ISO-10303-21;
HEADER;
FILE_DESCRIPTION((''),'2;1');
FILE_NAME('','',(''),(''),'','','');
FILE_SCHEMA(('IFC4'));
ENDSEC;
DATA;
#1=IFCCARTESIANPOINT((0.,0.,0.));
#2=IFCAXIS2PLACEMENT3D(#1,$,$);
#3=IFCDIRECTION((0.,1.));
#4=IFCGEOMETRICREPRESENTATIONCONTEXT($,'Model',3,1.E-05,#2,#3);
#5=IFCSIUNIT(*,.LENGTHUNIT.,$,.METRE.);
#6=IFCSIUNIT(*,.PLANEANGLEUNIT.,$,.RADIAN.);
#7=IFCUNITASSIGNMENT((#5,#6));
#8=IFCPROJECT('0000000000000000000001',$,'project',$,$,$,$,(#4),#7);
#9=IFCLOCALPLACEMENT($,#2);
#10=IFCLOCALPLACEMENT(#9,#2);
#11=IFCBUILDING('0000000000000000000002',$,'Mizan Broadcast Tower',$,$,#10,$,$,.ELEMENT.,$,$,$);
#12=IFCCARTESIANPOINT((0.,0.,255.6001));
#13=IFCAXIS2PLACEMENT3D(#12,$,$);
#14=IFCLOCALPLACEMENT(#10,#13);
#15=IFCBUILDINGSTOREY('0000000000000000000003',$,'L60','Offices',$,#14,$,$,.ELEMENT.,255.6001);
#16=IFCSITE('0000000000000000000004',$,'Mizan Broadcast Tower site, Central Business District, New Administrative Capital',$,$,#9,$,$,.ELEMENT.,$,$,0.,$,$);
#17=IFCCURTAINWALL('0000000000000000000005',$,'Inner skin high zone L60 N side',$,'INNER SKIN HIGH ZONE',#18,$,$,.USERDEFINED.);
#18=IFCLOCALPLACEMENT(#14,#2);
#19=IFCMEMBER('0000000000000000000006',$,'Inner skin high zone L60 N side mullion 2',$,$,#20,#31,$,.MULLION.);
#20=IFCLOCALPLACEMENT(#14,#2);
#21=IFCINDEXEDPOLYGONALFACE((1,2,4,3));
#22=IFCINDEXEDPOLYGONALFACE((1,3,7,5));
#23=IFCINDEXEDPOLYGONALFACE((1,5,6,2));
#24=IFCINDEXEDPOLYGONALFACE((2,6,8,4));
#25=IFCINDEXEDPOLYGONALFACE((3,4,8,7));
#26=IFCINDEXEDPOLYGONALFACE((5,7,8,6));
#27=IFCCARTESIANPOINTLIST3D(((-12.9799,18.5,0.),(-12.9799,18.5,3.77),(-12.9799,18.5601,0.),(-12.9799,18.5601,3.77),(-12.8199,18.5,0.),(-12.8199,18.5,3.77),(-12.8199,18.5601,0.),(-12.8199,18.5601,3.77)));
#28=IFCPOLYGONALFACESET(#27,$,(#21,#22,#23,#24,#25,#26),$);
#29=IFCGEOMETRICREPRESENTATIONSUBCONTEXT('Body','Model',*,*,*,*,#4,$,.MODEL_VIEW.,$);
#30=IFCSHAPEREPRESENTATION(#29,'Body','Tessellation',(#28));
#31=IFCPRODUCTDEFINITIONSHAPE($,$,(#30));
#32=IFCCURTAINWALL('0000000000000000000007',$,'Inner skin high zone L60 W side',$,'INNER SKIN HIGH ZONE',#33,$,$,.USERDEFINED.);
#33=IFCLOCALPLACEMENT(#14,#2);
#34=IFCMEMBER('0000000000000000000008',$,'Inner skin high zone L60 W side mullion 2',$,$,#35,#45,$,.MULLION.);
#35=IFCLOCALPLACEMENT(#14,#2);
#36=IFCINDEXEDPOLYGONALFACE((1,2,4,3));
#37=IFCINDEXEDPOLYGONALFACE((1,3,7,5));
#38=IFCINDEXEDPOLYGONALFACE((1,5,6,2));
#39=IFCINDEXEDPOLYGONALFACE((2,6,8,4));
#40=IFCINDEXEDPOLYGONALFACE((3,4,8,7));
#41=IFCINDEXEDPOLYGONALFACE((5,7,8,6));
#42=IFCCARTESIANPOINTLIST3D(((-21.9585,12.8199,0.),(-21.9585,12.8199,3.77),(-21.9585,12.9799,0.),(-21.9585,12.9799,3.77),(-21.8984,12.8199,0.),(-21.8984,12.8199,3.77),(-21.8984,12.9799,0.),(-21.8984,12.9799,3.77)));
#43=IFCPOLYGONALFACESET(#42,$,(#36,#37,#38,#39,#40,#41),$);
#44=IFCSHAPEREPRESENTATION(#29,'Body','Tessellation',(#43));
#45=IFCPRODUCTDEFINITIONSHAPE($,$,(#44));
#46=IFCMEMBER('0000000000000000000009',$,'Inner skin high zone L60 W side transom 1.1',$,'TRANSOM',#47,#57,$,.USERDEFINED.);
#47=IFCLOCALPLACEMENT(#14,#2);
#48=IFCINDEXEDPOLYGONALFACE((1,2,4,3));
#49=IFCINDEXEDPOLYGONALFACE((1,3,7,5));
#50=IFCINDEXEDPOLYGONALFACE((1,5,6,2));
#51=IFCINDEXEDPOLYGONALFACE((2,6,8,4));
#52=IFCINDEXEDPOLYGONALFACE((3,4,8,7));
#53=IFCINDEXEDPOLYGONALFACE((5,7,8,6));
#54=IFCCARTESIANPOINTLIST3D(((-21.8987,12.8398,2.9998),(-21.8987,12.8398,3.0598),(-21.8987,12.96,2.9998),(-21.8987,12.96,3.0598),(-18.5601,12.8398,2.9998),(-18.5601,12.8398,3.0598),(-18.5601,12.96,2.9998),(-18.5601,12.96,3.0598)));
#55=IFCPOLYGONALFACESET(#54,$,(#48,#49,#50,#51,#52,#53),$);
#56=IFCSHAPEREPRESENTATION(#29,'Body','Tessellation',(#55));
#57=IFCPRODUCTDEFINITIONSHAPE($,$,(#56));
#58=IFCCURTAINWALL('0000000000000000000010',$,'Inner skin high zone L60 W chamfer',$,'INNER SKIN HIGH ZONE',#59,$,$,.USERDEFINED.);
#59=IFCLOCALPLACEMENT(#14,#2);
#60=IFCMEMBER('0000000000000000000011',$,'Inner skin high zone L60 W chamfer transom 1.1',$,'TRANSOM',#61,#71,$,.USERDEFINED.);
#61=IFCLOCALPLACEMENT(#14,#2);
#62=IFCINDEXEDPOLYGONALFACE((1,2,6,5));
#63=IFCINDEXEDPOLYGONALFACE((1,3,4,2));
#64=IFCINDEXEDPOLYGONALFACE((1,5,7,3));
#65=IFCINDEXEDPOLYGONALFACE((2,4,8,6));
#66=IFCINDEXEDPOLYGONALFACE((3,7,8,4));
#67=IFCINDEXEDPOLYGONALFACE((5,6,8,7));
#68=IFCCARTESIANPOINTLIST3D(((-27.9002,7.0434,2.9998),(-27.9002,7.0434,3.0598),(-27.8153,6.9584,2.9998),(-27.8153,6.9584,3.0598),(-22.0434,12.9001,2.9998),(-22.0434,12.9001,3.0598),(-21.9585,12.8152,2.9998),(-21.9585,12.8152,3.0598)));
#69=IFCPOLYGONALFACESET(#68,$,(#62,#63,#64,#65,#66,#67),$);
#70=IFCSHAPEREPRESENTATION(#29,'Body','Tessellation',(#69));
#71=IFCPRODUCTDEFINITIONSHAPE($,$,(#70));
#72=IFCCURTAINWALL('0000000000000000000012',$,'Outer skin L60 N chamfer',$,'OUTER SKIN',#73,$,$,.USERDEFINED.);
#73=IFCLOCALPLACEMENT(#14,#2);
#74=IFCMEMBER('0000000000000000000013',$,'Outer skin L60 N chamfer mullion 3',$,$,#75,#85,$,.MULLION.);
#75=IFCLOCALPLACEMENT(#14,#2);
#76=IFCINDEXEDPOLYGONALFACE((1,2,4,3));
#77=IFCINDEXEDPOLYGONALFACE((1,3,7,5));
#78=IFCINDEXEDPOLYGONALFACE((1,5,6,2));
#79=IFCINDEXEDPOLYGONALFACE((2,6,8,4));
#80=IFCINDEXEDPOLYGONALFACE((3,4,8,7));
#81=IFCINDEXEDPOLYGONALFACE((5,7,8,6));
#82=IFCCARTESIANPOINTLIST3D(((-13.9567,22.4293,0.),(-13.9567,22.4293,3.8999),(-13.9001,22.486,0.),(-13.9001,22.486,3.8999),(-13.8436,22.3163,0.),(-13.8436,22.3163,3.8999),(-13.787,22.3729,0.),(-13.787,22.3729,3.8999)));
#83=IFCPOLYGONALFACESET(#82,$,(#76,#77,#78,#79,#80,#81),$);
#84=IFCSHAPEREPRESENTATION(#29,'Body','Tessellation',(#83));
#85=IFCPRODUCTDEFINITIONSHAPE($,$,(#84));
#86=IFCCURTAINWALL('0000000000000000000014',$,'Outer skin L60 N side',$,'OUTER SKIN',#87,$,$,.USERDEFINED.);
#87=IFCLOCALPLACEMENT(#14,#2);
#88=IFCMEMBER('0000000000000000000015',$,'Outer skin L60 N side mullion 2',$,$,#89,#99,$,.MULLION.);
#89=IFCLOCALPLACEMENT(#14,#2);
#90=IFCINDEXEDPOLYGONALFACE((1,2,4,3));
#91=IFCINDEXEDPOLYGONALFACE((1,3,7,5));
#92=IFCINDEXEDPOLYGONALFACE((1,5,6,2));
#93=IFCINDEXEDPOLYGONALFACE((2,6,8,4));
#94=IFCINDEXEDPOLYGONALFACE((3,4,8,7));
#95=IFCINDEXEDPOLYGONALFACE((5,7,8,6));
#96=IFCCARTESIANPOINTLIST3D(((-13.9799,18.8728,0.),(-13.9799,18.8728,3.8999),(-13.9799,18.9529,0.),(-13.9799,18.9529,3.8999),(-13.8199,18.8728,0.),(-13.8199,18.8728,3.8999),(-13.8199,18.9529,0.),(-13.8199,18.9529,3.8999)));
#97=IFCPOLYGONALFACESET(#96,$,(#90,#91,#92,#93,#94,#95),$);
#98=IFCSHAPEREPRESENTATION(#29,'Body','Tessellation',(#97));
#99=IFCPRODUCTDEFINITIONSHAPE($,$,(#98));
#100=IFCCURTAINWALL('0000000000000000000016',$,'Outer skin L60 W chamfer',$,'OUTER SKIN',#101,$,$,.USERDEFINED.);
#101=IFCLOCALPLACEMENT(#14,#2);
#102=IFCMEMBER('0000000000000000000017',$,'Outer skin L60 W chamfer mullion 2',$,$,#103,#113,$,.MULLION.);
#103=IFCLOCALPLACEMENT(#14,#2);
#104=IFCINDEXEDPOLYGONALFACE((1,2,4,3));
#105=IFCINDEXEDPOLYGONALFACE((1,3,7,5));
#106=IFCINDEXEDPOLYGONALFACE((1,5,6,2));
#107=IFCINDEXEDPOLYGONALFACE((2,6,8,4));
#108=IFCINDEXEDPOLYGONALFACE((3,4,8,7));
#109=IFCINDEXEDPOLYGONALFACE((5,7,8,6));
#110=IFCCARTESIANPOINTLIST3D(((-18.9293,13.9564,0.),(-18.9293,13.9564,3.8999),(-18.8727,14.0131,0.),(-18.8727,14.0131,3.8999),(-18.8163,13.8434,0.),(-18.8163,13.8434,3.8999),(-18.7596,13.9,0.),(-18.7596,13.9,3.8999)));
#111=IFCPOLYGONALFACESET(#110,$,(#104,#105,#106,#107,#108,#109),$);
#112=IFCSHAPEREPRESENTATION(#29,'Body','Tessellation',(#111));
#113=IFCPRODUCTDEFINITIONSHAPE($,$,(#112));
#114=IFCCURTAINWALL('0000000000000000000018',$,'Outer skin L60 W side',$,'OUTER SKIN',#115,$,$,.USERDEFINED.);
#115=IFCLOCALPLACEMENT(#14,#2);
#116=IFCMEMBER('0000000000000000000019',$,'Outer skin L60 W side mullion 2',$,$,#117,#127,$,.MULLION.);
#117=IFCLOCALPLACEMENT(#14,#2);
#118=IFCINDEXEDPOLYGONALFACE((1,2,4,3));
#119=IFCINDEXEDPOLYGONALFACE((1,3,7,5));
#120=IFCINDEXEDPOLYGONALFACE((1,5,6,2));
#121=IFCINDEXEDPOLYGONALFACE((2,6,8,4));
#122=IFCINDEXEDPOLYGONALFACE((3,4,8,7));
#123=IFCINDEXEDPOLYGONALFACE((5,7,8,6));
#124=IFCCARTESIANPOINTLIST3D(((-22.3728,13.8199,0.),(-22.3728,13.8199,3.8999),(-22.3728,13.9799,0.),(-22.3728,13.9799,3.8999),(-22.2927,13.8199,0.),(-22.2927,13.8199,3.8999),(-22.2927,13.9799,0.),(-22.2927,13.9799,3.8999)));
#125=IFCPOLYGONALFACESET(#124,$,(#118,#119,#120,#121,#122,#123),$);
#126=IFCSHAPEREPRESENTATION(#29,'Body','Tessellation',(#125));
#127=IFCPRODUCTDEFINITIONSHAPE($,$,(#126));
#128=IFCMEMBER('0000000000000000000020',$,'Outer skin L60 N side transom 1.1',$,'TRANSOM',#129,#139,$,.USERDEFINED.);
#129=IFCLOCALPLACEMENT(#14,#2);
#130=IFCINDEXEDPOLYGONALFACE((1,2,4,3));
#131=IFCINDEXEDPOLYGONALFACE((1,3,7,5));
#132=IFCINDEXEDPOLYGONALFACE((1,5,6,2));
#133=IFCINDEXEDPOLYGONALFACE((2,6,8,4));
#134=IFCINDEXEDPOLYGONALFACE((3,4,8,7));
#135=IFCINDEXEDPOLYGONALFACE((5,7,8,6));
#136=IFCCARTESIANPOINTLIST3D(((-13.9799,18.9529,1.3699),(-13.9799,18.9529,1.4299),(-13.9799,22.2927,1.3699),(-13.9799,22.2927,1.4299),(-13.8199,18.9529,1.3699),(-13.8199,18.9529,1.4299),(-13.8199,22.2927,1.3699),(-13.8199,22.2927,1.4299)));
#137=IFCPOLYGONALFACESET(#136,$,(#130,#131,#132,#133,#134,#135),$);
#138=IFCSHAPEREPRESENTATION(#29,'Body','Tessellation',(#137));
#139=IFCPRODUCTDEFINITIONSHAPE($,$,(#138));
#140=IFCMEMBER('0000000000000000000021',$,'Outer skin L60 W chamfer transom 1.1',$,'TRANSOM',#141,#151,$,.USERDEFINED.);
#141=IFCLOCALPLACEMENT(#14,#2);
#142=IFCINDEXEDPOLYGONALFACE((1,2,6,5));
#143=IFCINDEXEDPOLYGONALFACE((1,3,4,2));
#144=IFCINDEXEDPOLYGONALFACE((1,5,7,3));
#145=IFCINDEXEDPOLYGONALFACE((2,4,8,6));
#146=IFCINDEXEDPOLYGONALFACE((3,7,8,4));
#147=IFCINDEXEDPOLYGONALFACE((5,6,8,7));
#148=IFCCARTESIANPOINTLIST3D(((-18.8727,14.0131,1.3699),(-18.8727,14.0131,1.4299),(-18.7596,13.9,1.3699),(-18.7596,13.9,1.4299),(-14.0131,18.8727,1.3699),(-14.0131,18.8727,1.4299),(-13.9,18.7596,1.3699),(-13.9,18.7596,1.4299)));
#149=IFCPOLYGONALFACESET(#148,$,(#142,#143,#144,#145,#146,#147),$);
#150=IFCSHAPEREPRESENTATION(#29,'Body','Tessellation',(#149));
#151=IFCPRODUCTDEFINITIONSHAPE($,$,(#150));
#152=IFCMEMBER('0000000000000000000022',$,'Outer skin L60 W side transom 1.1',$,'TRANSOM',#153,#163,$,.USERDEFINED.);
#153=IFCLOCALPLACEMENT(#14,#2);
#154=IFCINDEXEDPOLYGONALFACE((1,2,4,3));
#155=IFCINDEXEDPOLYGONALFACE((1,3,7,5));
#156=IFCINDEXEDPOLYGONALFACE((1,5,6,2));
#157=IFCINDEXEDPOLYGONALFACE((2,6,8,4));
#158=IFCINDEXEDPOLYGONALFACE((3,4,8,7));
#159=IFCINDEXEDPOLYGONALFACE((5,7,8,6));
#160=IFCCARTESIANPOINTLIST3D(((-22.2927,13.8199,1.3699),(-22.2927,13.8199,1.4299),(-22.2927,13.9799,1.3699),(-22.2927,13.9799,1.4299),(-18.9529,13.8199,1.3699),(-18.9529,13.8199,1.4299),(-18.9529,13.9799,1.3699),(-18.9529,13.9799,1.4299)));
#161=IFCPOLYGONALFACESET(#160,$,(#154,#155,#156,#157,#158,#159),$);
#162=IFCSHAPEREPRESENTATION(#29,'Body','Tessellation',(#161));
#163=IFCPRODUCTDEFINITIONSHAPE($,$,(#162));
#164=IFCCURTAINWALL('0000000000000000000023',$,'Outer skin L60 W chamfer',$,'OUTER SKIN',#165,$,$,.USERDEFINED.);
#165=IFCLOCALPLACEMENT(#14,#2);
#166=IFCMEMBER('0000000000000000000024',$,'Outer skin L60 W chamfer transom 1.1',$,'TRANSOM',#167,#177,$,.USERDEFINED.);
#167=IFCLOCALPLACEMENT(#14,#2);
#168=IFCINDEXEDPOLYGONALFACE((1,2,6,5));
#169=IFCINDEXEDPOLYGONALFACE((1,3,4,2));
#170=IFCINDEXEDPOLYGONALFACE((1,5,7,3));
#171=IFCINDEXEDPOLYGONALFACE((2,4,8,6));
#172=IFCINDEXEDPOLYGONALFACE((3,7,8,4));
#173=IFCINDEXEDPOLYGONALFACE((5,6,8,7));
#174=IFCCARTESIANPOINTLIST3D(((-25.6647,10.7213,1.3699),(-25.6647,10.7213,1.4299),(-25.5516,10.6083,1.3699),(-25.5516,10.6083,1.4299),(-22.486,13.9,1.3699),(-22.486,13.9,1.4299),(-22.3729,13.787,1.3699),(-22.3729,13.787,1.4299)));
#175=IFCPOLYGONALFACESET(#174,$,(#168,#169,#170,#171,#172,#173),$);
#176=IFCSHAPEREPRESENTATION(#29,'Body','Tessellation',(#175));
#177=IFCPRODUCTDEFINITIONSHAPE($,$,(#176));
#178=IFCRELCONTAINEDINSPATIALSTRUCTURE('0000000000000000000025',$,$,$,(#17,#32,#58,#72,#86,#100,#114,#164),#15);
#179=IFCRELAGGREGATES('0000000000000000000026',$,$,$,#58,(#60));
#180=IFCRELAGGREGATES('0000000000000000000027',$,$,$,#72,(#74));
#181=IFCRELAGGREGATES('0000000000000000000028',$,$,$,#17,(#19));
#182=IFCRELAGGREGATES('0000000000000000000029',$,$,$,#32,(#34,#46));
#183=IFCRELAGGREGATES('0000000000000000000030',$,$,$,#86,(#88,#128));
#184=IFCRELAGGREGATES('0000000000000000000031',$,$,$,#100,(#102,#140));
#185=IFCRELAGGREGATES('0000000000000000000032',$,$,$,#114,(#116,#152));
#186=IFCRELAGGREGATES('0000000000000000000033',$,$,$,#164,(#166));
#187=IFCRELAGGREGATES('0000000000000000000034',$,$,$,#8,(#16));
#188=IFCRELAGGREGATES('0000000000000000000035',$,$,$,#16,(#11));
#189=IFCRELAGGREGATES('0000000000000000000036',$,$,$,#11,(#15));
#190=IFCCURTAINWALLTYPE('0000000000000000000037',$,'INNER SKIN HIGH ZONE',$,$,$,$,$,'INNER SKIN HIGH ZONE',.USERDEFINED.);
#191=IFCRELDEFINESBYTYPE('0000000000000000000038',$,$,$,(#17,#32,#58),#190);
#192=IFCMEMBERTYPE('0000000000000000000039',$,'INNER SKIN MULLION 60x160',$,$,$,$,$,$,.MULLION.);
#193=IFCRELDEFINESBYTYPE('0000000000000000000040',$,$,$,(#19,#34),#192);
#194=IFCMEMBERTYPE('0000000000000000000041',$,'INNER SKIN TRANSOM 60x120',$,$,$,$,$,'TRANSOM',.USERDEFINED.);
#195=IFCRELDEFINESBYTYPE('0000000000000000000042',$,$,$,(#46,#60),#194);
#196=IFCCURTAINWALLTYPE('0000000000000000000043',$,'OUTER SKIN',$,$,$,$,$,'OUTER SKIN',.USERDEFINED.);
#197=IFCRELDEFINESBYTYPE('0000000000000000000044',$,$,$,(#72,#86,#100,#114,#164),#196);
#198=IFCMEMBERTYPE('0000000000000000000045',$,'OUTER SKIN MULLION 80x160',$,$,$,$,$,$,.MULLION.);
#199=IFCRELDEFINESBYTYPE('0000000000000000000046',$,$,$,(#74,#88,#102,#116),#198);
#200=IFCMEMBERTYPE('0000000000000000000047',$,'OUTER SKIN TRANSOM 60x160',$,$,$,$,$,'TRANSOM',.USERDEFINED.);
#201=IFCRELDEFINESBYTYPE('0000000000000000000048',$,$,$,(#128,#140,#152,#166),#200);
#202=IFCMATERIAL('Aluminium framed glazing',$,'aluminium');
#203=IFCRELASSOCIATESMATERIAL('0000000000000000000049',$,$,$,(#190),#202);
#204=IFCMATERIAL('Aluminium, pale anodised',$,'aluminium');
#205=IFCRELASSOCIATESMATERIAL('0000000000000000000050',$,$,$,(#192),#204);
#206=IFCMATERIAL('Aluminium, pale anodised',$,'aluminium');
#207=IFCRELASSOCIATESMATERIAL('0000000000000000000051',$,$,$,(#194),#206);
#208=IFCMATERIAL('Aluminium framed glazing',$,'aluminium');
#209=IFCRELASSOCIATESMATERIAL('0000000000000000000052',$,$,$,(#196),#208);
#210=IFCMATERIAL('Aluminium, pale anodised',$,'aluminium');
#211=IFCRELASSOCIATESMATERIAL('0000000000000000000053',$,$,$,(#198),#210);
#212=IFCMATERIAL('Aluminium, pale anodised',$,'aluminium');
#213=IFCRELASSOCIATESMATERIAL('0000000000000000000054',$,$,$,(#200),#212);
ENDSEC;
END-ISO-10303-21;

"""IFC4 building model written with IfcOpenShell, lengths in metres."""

from ifc_helpers import new_model, si_unit, direction, frame, origin, origin_2d, place, context, subcontext, project, spatial, rectangle, extrude, material, material_profile, profile_set, type_object, element, aggregate, save


model = new_model("IFC4")

# Units and contexts
model_context = context("Model", 3, precision=1e-05, world=origin(), true_north=direction((0.0, 1.0)))
body_context = subcontext(model_context, "Body", "Model", "MODEL_VIEW")
ifc_project = project(units=[si_unit("LENGTHUNIT", "METRE"), si_unit("PLANEANGLEUNIT", "RADIAN")], contexts=[model_context])

# Site, building, storey
site_placement = place(None, origin())
site = spatial("IfcSite", under=ifc_project, at=site_placement, Name="Mizan Broadcast Tower site, Central Business District, New Administrative Capital", CompositionType="ELEMENT", RefElevation=0.0)
building_placement = place(site_placement, origin())
building = spatial("IfcBuilding", under=site, at=building_placement, Name="Mizan Broadcast Tower", CompositionType="ELEMENT")
storey_placement = place(building_placement, frame((0.0, 0.0, 255.6001)))
storey = spatial("IfcBuildingStorey", under=building, at=storey_placement, Name="L60", Description="Offices", CompositionType="ELEMENT", Elevation=255.6001)

# Curtain wall, member
ifc_material_1 = material(Name="Aluminium framed glazing", Category="aluminium")
curtain_wall_type_1 = type_object("IfcCurtainWallType", Name="INNER SKIN HIGH ZONE", ElementType="INNER SKIN HIGH ZONE", PredefinedType="USERDEFINED", material=ifc_material_1)
curtain_wall_1_placement = place(storey_placement, origin())
curtain_wall_1 = element("IfcCurtainWall", 1, at=curtain_wall_1_placement, inside=storey, type_object=curtain_wall_type_1, Name="Inner skin high zone L60 N side", ObjectType="INNER SKIN HIGH ZONE", PredefinedType="USERDEFINED")
ifc_material_2 = material(Name="Aluminium, pale anodised", Category="aluminium")
ifc_material_profile_1 = material_profile(ifc_material_2, rectangle(XDim=0.1599, YDim=0.0601, at=origin_2d()), Name="MULLION 160x60")
ifc_profile_set_1 = profile_set([ifc_material_profile_1], Name="Aluminium, pale anodised")
member_type_1 = type_object("IfcMemberType", Name="INNER SKIN MULLION 60x160", PredefinedType="MULLION", material=ifc_profile_set_1)
member_1_placement = place(storey_placement, frame((-12.8999, 18.53, 0.0), z_axis=(0.0, 0.0, 1.0), x_axis=(1.0, 0.0, 0.0)))
member_1 = element("IfcMember", 2, at=member_1_placement, type_object=member_type_1, Name="Inner skin high zone L60 N side mullion 2", PredefinedType="MULLION", context=body_context, shape_type="SweptSolid", body=[
    extrude(rectangle(XDim=0.1599, YDim=0.0601, at=origin_2d()), origin(), (0.0, 0.0, 1.0), 3.77),
])

# Curtain wall, members
curtain_wall_2_placement = place(storey_placement, origin())
curtain_wall_2 = element("IfcCurtainWall", 3, at=curtain_wall_2_placement, inside=storey, type_object=curtain_wall_type_1, Name="Inner skin high zone L60 W side", ObjectType="INNER SKIN HIGH ZONE", PredefinedType="USERDEFINED")
member_2_placement = place(storey_placement, frame((-21.9285, 12.8999, 0.0), z_axis=(0.0, 0.0, 1.0), x_axis=(0.0, -1.0, 0.0)))
member_2 = element("IfcMember", 4, at=member_2_placement, type_object=member_type_1, Name="Inner skin high zone L60 W side mullion 2", PredefinedType="MULLION", context=body_context, shape_type="SweptSolid", body=[
    extrude(rectangle(XDim=0.1599, YDim=0.0601, at=origin_2d()), origin(), (0.0, 0.0, 1.0), 3.77),
])
ifc_material_3 = material(Name="Aluminium, pale anodised", Category="aluminium")
ifc_material_profile_2 = material_profile(ifc_material_3, rectangle(XDim=0.1201, YDim=0.0601, at=origin_2d()), Name="TRANSOM 120x60")
ifc_profile_set_2 = profile_set([ifc_material_profile_2], Name="Aluminium, pale anodised")
member_type_2 = type_object("IfcMemberType", Name="INNER SKIN TRANSOM 60x120", ElementType="TRANSOM", PredefinedType="USERDEFINED", material=ifc_profile_set_2)
member_3_placement = place(storey_placement, frame((-18.5601, 12.8999, 3.0298), z_axis=(-1.0, 0.0, 0.0), x_axis=(0.0, -1.0, 0.0)))
member_3 = element("IfcMember", 5, at=member_3_placement, type_object=member_type_2, Name="Inner skin high zone L60 W side transom 1.1", ObjectType="TRANSOM", PredefinedType="USERDEFINED", context=body_context, shape_type="SweptSolid", body=[
    extrude(rectangle(XDim=0.1201, YDim=0.0601, at=origin_2d()), origin(), (0.0, 0.0, 1.0), 3.3386),
])

# Curtain walls, members
curtain_wall_3_placement = place(storey_placement, origin())
curtain_wall_3 = element("IfcCurtainWall", 6, at=curtain_wall_3_placement, inside=storey, type_object=curtain_wall_type_1, Name="Inner skin high zone L60 W chamfer", ObjectType="INNER SKIN HIGH ZONE", PredefinedType="USERDEFINED")
member_4_placement = place(storey_placement, frame((-22.001, 12.8577, 3.0298), z_axis=(-0.707107, -0.707107, 0.0), x_axis=(0.707107, -0.707107, 0.0)))
member_4 = element("IfcMember", 7, at=member_4_placement, type_object=member_type_2, Name="Inner skin high zone L60 W chamfer transom 1.1", ObjectType="TRANSOM", PredefinedType="USERDEFINED", context=body_context, shape_type="SweptSolid", body=[
    extrude(rectangle(XDim=0.1201, YDim=0.0601, at=origin_2d()), origin(), (0.0, 0.0, 1.0), 8.2827),
])
aggregate(curtain_wall_3, [member_4])
ifc_material_4 = material(Name="Aluminium framed glazing", Category="aluminium")
curtain_wall_type_2 = type_object("IfcCurtainWallType", Name="OUTER SKIN", ElementType="OUTER SKIN", PredefinedType="USERDEFINED", material=ifc_material_4)
curtain_wall_4_placement = place(storey_placement, origin())
curtain_wall_4 = element("IfcCurtainWall", 8, at=curtain_wall_4_placement, inside=storey, type_object=curtain_wall_type_2, Name="Outer skin L60 N chamfer", ObjectType="OUTER SKIN", PredefinedType="USERDEFINED")
ifc_material_5 = material(Name="Aluminium, pale anodised", Category="aluminium")
ifc_material_profile_3 = material_profile(ifc_material_5, rectangle(XDim=0.1599, YDim=0.0801, at=origin_2d()), Name="MULLION 160x80")
ifc_profile_set_3 = profile_set([ifc_material_profile_3], Name="Aluminium, pale anodised")
member_type_3 = type_object("IfcMemberType", Name="OUTER SKIN MULLION 80x160", PredefinedType="MULLION", material=ifc_profile_set_3)
member_5_placement = place(storey_placement, frame((-13.8718, 22.4011, 0.0), z_axis=(0.0, 0.0, 1.0), x_axis=(0.707107, -0.707107, 0.0)))
member_5 = element("IfcMember", 9, at=member_5_placement, type_object=member_type_3, Name="Outer skin L60 N chamfer mullion 3", PredefinedType="MULLION", context=body_context, shape_type="SweptSolid", body=[
    extrude(rectangle(XDim=0.1599, YDim=0.0801, at=origin_2d()), origin(), (0.0, 0.0, 1.0), 3.8999),
])
aggregate(curtain_wall_4, [member_5])
curtain_wall_5_placement = place(storey_placement, origin())
curtain_wall_5 = element("IfcCurtainWall", 10, at=curtain_wall_5_placement, inside=storey, type_object=curtain_wall_type_2, Name="Outer skin L60 N side", ObjectType="OUTER SKIN", PredefinedType="USERDEFINED")
member_6_placement = place(storey_placement, frame((-13.8999, 18.9128, 0.0), z_axis=(0.0, 0.0, 1.0), x_axis=(1.0, 0.0, 0.0)))
member_6 = element("IfcMember", 11, at=member_6_placement, type_object=member_type_3, Name="Outer skin L60 N side mullion 2", PredefinedType="MULLION", context=body_context, shape_type="SweptSolid", body=[
    extrude(rectangle(XDim=0.1599, YDim=0.0801, at=origin_2d()), origin(), (0.0, 0.0, 1.0), 3.8999),
])
curtain_wall_6_placement = place(storey_placement, origin())
curtain_wall_6 = element("IfcCurtainWall", 12, at=curtain_wall_6_placement, inside=storey, type_object=curtain_wall_type_2, Name="Outer skin L60 W chamfer", ObjectType="OUTER SKIN", PredefinedType="USERDEFINED")
member_7_placement = place(storey_placement, frame((-18.8445, 13.9282, 0.0), z_axis=(0.0, 0.0, 1.0), x_axis=(0.707107, -0.707107, 0.0)))
member_7 = element("IfcMember", 13, at=member_7_placement, type_object=member_type_3, Name="Outer skin L60 W chamfer mullion 2", PredefinedType="MULLION", context=body_context, shape_type="SweptSolid", body=[
    extrude(rectangle(XDim=0.1599, YDim=0.0801, at=origin_2d()), origin(), (0.0, 0.0, 1.0), 3.8999),
])
curtain_wall_7_placement = place(storey_placement, origin())
curtain_wall_7 = element("IfcCurtainWall", 14, at=curtain_wall_7_placement, inside=storey, type_object=curtain_wall_type_2, Name="Outer skin L60 W side", ObjectType="OUTER SKIN", PredefinedType="USERDEFINED")
member_8_placement = place(storey_placement, frame((-22.3328, 13.8999, 0.0), z_axis=(0.0, 0.0, 1.0), x_axis=(0.0, -1.0, 0.0)))
member_8 = element("IfcMember", 15, at=member_8_placement, type_object=member_type_3, Name="Outer skin L60 W side mullion 2", PredefinedType="MULLION", context=body_context, shape_type="SweptSolid", body=[
    extrude(rectangle(XDim=0.1599, YDim=0.0801, at=origin_2d()), origin(), (0.0, 0.0, 1.0), 3.8999),
])

# Members
ifc_material_6 = material(Name="Aluminium, pale anodised", Category="aluminium")
ifc_material_profile_4 = material_profile(ifc_material_6, rectangle(XDim=0.1599, YDim=0.0601, at=origin_2d()), Name="TRANSOM 160x60")
ifc_profile_set_4 = profile_set([ifc_material_profile_4], Name="Aluminium, pale anodised")
member_type_4 = type_object("IfcMemberType", Name="OUTER SKIN TRANSOM 60x160", ElementType="TRANSOM", PredefinedType="USERDEFINED", material=ifc_profile_set_4)
member_9_placement = place(storey_placement, frame((-13.8999, 22.2927, 1.3999), z_axis=(0.0, -1.0, 0.0), x_axis=(1.0, 0.0, 0.0)))
member_9 = element("IfcMember", 16, at=member_9_placement, type_object=member_type_4, Name="Outer skin L60 N side transom 1.1", ObjectType="TRANSOM", PredefinedType="USERDEFINED", context=body_context, shape_type="SweptSolid", body=[
    extrude(rectangle(XDim=0.1599, YDim=0.0601, at=origin_2d()), origin(), (0.0, 0.0, 1.0), 3.3398),
])
member_10_placement = place(storey_placement, frame((-13.9565, 18.8162, 1.3999), z_axis=(-0.707107, -0.707107, 0.0), x_axis=(0.707107, -0.707107, 0.0)))
member_10 = element("IfcMember", 17, at=member_10_placement, type_object=member_type_4, Name="Outer skin L60 W chamfer transom 1.1", ObjectType="TRANSOM", PredefinedType="USERDEFINED", context=body_context, shape_type="SweptSolid", body=[
    extrude(rectangle(XDim=0.1599, YDim=0.0601, at=origin_2d()), origin(), (0.0, 0.0, 1.0), 6.8726),
])
member_11_placement = place(storey_placement, frame((-18.9529, 13.8999, 1.3999), z_axis=(-1.0, 0.0, 0.0), x_axis=(0.0, -1.0, 0.0)))
member_11 = element("IfcMember", 18, at=member_11_placement, type_object=member_type_4, Name="Outer skin L60 W side transom 1.1", ObjectType="TRANSOM", PredefinedType="USERDEFINED", context=body_context, shape_type="SweptSolid", body=[
    extrude(rectangle(XDim=0.1599, YDim=0.0601, at=origin_2d()), origin(), (0.0, 0.0, 1.0), 3.3398),
])

# Curtain wall, member
curtain_wall_8_placement = place(storey_placement, origin())
curtain_wall_8 = element("IfcCurtainWall", 19, at=curtain_wall_8_placement, inside=storey, type_object=curtain_wall_type_2, Name="Outer skin L60 W chamfer", ObjectType="OUTER SKIN", PredefinedType="USERDEFINED")
member_12_placement = place(storey_placement, frame((-22.4294, 13.8435, 1.3999), z_axis=(-0.707107, -0.707107, 0.0), x_axis=(0.707107, -0.707107, 0.0)))
member_12 = element("IfcMember", 20, at=member_12_placement, type_object=member_type_4, Name="Outer skin L60 W chamfer transom 1.1", ObjectType="TRANSOM", PredefinedType="USERDEFINED", context=body_context, shape_type="SweptSolid", body=[
    extrude(rectangle(XDim=0.1599, YDim=0.0601, at=origin_2d()), origin(), (0.0, 0.0, 1.0), 4.4954),
])

aggregate(curtain_wall_1, [member_1])
aggregate(curtain_wall_2, [member_2, member_3])
aggregate(curtain_wall_5, [member_6, member_9])
aggregate(curtain_wall_6, [member_7, member_10])
aggregate(curtain_wall_7, [member_8, member_11])
aggregate(curtain_wall_8, [member_12])

save(model, "model.ifc")
